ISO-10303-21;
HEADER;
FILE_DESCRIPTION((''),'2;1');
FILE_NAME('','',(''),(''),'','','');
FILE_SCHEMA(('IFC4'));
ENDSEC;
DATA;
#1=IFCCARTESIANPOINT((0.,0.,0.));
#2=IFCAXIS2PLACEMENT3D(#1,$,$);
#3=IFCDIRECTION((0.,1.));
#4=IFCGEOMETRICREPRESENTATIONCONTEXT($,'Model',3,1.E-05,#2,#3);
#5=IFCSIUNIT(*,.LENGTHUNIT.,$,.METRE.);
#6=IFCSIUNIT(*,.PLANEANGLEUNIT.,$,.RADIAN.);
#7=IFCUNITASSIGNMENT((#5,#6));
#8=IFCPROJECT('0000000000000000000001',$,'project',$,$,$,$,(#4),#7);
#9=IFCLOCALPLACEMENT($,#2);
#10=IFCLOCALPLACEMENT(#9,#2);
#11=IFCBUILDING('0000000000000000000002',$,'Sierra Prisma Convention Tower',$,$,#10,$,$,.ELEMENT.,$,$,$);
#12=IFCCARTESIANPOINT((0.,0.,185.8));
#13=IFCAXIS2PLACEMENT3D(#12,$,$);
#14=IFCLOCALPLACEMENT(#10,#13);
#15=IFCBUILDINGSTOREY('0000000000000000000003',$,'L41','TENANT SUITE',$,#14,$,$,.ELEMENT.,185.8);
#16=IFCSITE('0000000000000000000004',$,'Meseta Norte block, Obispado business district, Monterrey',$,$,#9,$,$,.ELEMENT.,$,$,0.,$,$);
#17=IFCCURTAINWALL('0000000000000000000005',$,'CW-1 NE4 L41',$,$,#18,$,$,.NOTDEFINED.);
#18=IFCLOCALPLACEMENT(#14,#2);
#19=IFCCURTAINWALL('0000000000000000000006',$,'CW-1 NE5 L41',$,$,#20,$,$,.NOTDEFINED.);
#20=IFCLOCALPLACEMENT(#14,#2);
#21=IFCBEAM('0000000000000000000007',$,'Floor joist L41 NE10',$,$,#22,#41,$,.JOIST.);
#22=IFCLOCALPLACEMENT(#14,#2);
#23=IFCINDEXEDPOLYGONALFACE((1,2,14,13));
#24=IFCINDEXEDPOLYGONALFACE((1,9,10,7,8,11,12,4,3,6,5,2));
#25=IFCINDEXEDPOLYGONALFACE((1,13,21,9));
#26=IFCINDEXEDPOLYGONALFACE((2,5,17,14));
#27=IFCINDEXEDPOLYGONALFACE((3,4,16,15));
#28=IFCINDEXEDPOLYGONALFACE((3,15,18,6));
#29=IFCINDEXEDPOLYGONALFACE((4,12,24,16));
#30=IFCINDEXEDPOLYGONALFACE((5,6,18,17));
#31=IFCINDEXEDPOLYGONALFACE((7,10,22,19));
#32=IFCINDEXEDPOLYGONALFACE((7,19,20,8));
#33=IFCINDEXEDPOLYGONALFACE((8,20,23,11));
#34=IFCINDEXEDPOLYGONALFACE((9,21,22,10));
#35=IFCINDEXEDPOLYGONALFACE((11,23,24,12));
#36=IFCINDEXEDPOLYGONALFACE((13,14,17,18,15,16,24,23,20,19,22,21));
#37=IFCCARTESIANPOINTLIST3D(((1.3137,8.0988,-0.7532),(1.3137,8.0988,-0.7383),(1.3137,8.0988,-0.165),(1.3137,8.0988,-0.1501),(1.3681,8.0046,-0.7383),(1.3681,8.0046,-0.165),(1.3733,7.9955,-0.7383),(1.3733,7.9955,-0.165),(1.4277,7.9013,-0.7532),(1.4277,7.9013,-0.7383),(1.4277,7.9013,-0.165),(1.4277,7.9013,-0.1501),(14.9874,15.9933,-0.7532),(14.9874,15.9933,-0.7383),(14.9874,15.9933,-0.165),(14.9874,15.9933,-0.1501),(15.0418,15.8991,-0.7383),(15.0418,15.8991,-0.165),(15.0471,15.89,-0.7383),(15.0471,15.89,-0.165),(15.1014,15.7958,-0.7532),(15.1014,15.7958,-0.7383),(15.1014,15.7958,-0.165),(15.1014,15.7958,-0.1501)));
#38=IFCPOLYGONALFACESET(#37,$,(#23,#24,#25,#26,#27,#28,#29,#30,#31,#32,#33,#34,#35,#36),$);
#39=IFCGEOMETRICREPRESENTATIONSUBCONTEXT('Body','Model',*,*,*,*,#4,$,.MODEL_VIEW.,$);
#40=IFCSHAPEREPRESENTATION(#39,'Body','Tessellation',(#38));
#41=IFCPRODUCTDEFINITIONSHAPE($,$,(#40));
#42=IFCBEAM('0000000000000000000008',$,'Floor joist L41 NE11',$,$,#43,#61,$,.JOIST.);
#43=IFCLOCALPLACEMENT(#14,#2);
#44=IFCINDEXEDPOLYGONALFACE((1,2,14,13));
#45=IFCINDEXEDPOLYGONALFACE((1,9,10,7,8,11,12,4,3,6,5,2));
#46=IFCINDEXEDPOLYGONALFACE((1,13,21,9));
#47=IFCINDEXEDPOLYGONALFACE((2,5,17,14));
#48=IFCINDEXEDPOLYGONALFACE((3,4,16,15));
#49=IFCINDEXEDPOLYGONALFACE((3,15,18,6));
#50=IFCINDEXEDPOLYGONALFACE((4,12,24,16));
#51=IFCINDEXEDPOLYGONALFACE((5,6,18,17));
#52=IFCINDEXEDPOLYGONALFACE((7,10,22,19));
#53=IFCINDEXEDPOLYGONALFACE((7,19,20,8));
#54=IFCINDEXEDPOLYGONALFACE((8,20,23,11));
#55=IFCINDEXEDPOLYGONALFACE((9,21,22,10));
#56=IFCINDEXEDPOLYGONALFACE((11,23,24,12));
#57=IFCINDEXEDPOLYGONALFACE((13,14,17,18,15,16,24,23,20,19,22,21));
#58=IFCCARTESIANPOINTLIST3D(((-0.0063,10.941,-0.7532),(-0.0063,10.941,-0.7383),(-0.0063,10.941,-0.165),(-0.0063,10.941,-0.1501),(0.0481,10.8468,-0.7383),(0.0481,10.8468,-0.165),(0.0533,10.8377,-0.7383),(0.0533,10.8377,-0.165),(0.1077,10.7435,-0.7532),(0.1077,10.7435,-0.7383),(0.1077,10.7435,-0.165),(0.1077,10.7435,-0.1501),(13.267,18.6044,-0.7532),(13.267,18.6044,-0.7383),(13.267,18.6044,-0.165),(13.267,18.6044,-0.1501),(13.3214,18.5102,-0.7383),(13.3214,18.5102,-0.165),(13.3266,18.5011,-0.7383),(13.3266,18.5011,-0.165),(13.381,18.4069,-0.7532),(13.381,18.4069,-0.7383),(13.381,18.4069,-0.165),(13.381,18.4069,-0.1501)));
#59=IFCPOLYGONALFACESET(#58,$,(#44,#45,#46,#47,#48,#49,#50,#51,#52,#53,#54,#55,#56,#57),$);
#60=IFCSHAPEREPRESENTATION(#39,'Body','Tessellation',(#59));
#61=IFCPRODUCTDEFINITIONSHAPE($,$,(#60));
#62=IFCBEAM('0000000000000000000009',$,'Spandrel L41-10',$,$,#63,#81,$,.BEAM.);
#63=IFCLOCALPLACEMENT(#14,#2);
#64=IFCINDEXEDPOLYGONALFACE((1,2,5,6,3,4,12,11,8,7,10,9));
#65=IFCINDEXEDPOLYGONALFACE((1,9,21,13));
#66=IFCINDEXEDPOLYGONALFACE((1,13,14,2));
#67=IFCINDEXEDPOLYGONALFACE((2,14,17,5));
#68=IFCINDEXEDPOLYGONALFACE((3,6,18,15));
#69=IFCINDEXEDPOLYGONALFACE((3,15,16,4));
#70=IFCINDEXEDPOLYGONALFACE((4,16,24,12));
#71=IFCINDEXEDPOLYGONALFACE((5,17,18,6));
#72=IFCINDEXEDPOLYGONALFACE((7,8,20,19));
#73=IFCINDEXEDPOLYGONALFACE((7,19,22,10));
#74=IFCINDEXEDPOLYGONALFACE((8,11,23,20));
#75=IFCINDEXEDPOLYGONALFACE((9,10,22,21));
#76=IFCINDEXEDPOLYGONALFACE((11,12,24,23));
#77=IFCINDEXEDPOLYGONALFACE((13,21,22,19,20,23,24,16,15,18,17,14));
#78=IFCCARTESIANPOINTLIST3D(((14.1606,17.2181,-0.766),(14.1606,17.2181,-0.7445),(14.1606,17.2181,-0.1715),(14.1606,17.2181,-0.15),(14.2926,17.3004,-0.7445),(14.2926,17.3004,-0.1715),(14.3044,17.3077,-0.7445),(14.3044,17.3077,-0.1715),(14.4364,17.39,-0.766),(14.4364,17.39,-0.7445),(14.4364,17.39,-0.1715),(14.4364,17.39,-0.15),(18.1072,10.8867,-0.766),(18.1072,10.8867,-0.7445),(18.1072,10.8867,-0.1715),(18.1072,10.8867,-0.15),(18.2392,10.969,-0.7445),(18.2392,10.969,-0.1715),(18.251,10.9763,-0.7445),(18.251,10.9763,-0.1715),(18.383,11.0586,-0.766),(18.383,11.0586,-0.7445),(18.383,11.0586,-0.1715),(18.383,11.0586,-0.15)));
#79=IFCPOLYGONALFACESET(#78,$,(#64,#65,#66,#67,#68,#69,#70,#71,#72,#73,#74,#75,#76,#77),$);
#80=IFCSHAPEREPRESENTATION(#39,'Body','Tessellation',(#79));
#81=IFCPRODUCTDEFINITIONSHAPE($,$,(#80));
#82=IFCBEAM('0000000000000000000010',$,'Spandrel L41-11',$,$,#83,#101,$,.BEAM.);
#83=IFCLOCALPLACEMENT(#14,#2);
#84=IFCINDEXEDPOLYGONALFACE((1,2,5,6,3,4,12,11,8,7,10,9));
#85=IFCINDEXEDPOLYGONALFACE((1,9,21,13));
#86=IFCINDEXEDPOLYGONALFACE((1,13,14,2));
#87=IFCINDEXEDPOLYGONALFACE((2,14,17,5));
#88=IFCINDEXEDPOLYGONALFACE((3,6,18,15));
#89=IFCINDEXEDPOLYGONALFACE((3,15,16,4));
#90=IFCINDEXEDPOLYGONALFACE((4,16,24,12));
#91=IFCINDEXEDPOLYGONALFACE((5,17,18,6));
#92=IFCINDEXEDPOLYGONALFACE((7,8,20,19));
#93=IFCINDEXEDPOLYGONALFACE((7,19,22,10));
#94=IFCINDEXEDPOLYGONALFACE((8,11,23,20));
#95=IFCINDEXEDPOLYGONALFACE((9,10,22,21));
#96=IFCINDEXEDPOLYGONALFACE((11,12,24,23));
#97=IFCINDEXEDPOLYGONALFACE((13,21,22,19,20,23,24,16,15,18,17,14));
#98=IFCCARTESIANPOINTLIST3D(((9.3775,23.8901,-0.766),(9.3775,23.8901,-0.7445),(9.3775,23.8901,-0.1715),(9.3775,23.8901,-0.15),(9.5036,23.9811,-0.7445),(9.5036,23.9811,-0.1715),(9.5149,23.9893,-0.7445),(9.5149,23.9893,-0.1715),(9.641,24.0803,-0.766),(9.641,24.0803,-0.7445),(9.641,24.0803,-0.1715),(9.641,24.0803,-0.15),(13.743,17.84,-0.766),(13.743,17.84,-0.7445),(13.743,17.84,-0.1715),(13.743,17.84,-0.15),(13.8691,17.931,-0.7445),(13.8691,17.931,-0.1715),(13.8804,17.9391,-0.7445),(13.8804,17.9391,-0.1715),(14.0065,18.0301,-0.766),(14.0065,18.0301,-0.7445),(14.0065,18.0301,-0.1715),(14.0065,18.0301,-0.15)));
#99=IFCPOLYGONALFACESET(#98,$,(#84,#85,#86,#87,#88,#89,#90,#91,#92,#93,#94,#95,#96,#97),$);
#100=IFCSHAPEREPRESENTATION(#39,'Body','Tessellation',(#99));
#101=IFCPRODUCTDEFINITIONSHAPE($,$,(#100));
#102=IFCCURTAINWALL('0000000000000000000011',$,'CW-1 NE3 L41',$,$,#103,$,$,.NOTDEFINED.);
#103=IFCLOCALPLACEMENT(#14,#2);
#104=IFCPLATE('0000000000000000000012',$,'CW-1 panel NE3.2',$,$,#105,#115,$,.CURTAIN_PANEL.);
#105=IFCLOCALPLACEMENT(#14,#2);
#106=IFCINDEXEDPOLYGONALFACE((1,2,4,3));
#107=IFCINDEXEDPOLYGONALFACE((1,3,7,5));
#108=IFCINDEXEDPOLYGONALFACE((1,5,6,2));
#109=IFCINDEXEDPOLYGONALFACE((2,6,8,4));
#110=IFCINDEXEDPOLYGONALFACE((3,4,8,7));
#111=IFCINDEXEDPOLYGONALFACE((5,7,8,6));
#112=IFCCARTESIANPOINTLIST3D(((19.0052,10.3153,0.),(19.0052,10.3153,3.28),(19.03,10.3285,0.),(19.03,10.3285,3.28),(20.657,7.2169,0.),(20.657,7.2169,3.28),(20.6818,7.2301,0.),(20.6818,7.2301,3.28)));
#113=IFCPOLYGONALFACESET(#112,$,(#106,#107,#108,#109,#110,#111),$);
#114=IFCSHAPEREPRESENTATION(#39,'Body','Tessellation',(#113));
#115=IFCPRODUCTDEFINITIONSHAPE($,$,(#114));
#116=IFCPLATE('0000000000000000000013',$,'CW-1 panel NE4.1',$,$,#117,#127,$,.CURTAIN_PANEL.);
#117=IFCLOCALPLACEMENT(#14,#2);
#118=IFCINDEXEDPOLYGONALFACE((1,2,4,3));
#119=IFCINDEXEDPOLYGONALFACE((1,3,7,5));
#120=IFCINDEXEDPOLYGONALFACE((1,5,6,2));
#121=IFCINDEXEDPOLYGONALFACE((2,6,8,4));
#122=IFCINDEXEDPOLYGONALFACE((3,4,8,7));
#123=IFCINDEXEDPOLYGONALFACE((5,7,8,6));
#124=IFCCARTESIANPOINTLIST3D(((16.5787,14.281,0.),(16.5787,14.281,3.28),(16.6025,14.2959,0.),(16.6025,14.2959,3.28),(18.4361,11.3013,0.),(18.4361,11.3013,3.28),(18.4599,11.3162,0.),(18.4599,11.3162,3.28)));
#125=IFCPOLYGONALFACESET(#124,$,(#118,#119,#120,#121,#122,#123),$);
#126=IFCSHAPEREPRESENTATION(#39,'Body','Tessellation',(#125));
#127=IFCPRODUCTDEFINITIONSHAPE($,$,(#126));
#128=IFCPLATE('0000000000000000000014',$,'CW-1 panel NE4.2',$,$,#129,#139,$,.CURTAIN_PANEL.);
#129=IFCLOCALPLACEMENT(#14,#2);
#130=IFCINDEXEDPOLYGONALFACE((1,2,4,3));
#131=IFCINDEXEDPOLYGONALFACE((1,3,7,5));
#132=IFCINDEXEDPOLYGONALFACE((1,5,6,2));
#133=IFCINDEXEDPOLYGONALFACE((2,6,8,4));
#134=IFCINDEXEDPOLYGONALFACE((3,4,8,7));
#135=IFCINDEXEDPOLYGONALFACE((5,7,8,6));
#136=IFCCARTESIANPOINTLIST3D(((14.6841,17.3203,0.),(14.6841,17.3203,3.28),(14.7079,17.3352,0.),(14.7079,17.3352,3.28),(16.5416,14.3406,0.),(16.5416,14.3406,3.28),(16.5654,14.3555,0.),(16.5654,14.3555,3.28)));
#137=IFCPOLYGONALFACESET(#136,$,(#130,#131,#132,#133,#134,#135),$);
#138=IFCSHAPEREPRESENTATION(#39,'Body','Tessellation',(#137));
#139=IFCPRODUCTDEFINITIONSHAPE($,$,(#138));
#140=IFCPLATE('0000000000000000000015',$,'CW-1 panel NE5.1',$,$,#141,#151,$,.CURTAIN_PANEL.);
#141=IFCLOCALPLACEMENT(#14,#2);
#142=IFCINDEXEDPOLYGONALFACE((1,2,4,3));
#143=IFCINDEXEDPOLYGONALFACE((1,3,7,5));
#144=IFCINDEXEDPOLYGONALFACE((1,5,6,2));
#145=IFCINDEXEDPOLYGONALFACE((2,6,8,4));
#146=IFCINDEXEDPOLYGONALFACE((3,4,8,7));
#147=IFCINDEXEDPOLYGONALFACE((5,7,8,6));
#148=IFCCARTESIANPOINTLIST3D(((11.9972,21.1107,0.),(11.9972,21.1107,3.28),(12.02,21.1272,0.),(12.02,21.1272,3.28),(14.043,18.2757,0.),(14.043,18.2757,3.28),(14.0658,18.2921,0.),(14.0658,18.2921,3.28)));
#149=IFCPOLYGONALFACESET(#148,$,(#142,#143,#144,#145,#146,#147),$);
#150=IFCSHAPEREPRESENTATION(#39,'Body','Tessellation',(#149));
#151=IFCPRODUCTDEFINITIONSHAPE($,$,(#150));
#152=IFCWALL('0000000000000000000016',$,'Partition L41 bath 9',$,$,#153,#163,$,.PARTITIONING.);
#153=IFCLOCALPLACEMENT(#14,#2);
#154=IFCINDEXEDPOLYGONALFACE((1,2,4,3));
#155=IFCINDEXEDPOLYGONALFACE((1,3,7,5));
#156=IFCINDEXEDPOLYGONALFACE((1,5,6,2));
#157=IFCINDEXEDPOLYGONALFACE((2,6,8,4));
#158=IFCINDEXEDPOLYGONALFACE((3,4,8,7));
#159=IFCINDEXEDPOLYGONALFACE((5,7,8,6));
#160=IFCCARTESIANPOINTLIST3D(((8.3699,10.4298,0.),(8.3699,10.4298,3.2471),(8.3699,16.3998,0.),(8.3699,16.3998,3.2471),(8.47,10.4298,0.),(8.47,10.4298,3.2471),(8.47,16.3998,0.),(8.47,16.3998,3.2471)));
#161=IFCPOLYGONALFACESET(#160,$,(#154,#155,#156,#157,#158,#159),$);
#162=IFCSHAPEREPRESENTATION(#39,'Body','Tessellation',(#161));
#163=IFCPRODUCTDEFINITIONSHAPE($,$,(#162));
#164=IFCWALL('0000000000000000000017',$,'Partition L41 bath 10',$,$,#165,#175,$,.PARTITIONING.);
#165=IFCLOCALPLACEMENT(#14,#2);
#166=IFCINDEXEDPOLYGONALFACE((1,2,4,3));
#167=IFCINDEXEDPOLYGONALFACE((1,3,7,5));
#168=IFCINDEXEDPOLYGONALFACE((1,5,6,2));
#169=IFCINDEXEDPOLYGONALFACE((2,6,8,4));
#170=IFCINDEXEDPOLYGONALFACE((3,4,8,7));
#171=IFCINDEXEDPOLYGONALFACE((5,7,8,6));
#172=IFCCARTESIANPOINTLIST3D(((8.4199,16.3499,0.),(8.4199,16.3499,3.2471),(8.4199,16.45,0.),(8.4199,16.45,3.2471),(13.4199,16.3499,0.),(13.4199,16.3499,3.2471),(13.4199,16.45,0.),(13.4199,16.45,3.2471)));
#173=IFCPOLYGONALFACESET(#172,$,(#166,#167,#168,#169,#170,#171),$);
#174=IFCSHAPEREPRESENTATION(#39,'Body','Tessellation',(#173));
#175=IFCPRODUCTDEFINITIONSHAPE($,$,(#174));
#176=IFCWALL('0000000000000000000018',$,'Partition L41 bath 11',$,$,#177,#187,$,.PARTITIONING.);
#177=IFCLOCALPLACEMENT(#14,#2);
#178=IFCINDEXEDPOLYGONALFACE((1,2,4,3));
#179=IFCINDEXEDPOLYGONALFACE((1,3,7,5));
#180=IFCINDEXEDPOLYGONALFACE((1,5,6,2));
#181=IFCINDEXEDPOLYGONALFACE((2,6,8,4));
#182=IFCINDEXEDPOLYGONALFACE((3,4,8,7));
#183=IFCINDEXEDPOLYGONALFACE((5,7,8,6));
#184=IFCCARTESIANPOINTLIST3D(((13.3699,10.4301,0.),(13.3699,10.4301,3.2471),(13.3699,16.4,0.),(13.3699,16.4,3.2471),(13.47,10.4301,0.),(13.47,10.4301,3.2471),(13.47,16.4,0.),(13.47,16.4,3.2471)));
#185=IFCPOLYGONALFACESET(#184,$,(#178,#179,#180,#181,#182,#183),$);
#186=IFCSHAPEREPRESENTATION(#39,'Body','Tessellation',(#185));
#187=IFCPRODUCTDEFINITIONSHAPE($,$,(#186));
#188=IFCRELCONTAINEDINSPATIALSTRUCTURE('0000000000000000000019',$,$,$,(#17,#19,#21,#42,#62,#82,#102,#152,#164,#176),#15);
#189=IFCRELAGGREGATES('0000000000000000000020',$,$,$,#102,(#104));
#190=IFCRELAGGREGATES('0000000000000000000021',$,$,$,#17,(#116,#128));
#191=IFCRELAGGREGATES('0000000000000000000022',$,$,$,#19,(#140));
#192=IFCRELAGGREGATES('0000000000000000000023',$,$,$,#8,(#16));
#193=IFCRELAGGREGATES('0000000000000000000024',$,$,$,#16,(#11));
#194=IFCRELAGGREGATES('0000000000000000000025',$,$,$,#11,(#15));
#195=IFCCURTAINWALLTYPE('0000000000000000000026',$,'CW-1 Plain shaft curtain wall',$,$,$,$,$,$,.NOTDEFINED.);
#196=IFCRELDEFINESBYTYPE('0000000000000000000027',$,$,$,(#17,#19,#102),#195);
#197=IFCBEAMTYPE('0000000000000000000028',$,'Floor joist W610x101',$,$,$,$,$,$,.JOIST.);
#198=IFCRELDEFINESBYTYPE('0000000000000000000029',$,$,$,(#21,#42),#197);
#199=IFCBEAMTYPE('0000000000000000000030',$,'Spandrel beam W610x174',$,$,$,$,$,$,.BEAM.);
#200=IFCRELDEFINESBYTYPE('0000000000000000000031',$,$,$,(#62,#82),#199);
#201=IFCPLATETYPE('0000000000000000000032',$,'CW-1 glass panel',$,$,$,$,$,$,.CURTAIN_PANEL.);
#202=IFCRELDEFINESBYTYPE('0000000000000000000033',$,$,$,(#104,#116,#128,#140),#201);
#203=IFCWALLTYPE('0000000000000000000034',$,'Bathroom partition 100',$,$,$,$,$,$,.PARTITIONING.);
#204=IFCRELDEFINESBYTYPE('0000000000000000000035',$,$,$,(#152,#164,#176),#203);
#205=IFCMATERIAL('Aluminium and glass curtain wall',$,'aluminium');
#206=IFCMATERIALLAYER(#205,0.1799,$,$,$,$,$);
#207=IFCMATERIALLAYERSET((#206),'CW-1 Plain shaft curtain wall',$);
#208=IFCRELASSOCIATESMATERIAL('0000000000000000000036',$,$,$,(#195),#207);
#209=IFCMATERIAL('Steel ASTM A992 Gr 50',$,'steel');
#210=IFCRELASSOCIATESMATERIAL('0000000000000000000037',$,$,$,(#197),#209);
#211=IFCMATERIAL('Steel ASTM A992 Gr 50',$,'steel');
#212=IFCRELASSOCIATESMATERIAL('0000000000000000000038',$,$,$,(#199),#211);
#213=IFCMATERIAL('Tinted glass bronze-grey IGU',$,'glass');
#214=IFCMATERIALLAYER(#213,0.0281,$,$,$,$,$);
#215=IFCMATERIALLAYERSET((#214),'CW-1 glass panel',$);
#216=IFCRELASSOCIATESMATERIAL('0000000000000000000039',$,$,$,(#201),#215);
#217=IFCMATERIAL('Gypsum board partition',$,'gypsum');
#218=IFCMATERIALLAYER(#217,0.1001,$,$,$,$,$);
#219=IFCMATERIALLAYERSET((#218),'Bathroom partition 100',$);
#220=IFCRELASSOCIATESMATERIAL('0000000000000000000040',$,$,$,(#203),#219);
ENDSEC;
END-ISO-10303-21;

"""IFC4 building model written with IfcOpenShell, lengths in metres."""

from ifc_helpers import new_model, si_unit, direction, frame, frame_2d, origin, origin_2d, place, context, subcontext, project, spatial, rectangle, i_section, extrude, material, layer, layer_set, material_profile, profile_set, type_object, element, aggregate, save


model = new_model("IFC4")

# Units and contexts
model_context = context("Model", 3, precision=1e-05, world=origin(), true_north=direction((0.0, 1.0)))
body_context = subcontext(model_context, "Body", "Model", "MODEL_VIEW")
ifc_project = project(units=[si_unit("LENGTHUNIT", "METRE"), si_unit("PLANEANGLEUNIT", "RADIAN")], contexts=[model_context])

# Site, building, storey
site_placement = place(None, origin())
site = spatial("IfcSite", under=ifc_project, at=site_placement, Name="Meseta Norte block, Obispado business district, Monterrey", CompositionType="ELEMENT", RefElevation=0.0)
building_placement = place(site_placement, origin())
building = spatial("IfcBuilding", under=site, at=building_placement, Name="Sierra Prisma Convention Tower", CompositionType="ELEMENT")
storey_placement = place(building_placement, frame((0.0, 0.0, 185.8)))
storey = spatial("IfcBuildingStorey", under=building, at=storey_placement, Name="L41", Description="TENANT SUITE", CompositionType="ELEMENT", Elevation=185.8)

# Curtain wall
ifc_material_1 = material(Name="Aluminium and glass curtain wall", Category="aluminium")
ifc_layer_1 = layer(ifc_material_1, 0.1799)
ifc_layer_set_1 = layer_set([ifc_layer_1], Name="CW-1 Plain shaft curtain wall")
curtain_wall_type = type_object("IfcCurtainWallType", Name="CW-1 Plain shaft curtain wall", PredefinedType="NOTDEFINED", material=ifc_layer_set_1)
curtain_wall_1_placement = place(storey_placement, origin())
curtain_wall_1 = element("IfcCurtainWall", 1, at=curtain_wall_1_placement, inside=storey, type_object=curtain_wall_type, Name="CW-1 NE4 L41", PredefinedType="NOTDEFINED")

# Curtain wall
curtain_wall_2_placement = place(storey_placement, origin())
curtain_wall_2 = element("IfcCurtainWall", 2, at=curtain_wall_2_placement, inside=storey, type_object=curtain_wall_type, Name="CW-1 NE5 L41", PredefinedType="NOTDEFINED")

# Beams
ifc_material_2 = material(Name="Steel ASTM A992 Gr 50", Category="steel")
ifc_material_profile_1 = material_profile(ifc_material_2, i_section(OverallWidth=0.228, OverallDepth=0.603, WebThickness=0.0105, FlangeThickness=0.0149, at=origin_2d()), Name="W610x101")
ifc_profile_set_1 = profile_set([ifc_material_profile_1], Name="Steel ASTM A992 Gr 50")
beam_type_1 = type_object("IfcBeamType", Name="Floor joist W610x101", PredefinedType="JOIST", material=ifc_profile_set_1)
beam_1_placement = place(storey_placement, frame((15.0444, 15.8945, -0.4517), z_axis=(-0.866027, -0.499997, 0.0), x_axis=(0.499997, -0.866027, 0.0)))
element("IfcBeam", 3, at=beam_1_placement, inside=storey, type_object=beam_type_1, Name="Floor joist L41 NE10", PredefinedType="JOIST", context=body_context, shape_type="SweptSolid", body=[
    extrude(i_section(OverallWidth=0.228, OverallDepth=0.603, WebThickness=0.0105, FlangeThickness=0.0149, at=origin_2d()), origin(), (0.0, 0.0, 1.0), 15.7891),
])
beam_2_placement = place(storey_placement, frame((13.324, 18.5056, -0.4517), z_axis=(-0.866024, -0.500002, 0.0), x_axis=(0.500002, -0.866024, 0.0)))
element("IfcBeam", 4, at=beam_2_placement, inside=storey, type_object=beam_type_1, Name="Floor joist L41 NE11", PredefinedType="JOIST", context=body_context, shape_type="SweptSolid", body=[
    extrude(i_section(OverallWidth=0.228, OverallDepth=0.603, WebThickness=0.0105, FlangeThickness=0.0149, at=origin_2d()), origin(), (0.0, 0.0, 1.0), 15.3267),
])
ifc_material_3 = material(Name="Steel ASTM A992 Gr 50", Category="steel")
ifc_material_profile_2 = material_profile(ifc_material_3, i_section(OverallWidth=0.325, OverallDepth=0.616, WebThickness=0.0139, FlangeThickness=0.0215, at=origin_2d()), Name="W610x174")
ifc_profile_set_2 = profile_set([ifc_material_profile_2], Name="Steel ASTM A992 Gr 50")
beam_type_2 = type_object("IfcBeamType", Name="Spandrel beam W610x174", PredefinedType="BEAM", material=ifc_profile_set_2)
for number, where, z_axis, x_axis, name in (
    (5, (18.2451, 10.9727, -0.458), (-0.528984, 0.848632, 0.0), (-0.848632, -0.528984, 0.0), "Spandrel L41-10"),
    (6, (13.8748, 17.9351, -0.458), (-0.585138, 0.810934, 0.0), (-0.810934, -0.585138, 0.0), "Spandrel L41-11"),
):
    element("IfcBeam", number, at=place(storey_placement, frame(where, z_axis=z_axis, x_axis=x_axis)), inside=storey, type_object=beam_type_2, Name=name, PredefinedType="BEAM", context=body_context, shape_type="SweptSolid", body=[
        extrude(i_section(OverallWidth=0.325, OverallDepth=0.616, WebThickness=0.0139, FlangeThickness=0.0215, at=origin_2d()), origin(), (0.0, 0.0, 1.0), 7.4607),
    ])

# Curtain wall, plate
curtain_wall_3_placement = place(storey_placement, origin())
curtain_wall_3 = element("IfcCurtainWall", 7, at=curtain_wall_3_placement, inside=storey, type_object=curtain_wall_type, Name="CW-1 NE3 L41", PredefinedType="NOTDEFINED")
ifc_material_4 = material(Name="Tinted glass bronze-grey IGU", Category="glass")
ifc_layer_2 = layer(ifc_material_4, 0.0281)
ifc_layer_set_2 = layer_set([ifc_layer_2], Name="CW-1 glass panel")
plate_type = type_object("IfcPlateType", Name="CW-1 glass panel", PredefinedType="CURTAIN_PANEL", material=ifc_layer_set_2)
plate_1_placement = place(storey_placement, frame((19.8435, 8.7727, 0.0), z_axis=(0.0, 0.0, 1.0), x_axis=(-0.470428, 0.882439, 0.0)))
plate_1 = element("IfcPlate", 8, at=plate_1_placement, type_object=plate_type, Name="CW-1 panel NE3.2", PredefinedType="CURTAIN_PANEL", context=body_context, shape_type="SweptSolid", body=[
    extrude(rectangle(XDim=3.5112, YDim=0.0281, at=origin_2d()), origin(), (0.0, 0.0, 1.0), 3.28),
])
aggregate(curtain_wall_3, [plate_1])

# Plates
plate_2_placement = place(storey_placement, frame((17.5193, 12.7986, 0.0), z_axis=(0.0, 0.0, 1.0), x_axis=(-0.529, 0.848622, 0.0)))
plate_2 = element("IfcPlate", 9, at=plate_2_placement, type_object=plate_type, Name="CW-1 panel NE4.1", PredefinedType="CURTAIN_PANEL", context=body_context, shape_type="SweptSolid", body=[
    extrude(rectangle(XDim=3.5112, YDim=0.0281, at=origin_2d()), origin(), (0.0, 0.0, 1.0), 3.28),
])
plate_3_placement = place(storey_placement, frame((15.6248, 15.8379, 0.0), z_axis=(0.0, 0.0, 1.0), x_axis=(-0.529, 0.848622, 0.0)))
plate_3 = element("IfcPlate", 10, at=plate_3_placement, type_object=plate_type, Name="CW-1 panel NE4.2", PredefinedType="CURTAIN_PANEL", context=body_context, shape_type="SweptSolid", body=[
    extrude(rectangle(XDim=3.5112, YDim=0.0281, at=origin_2d()), origin(), (0.0, 0.0, 1.0), 3.28),
])
aggregate(curtain_wall_1, [plate_2, plate_3])
plate_4_placement = place(storey_placement, frame((13.0315, 19.7014, 0.0), z_axis=(0.0, 0.0, 1.0), x_axis=(-0.585154, 0.810923, 0.0)))
plate_4 = element("IfcPlate", 11, at=plate_4_placement, type_object=plate_type, Name="CW-1 panel NE5.1", PredefinedType="CURTAIN_PANEL", context=body_context, shape_type="SweptSolid", body=[
    extrude(rectangle(XDim=3.4961, YDim=0.0281, at=origin_2d()), origin(), (0.0, 0.0, 1.0), 3.28),
])
aggregate(curtain_wall_2, [plate_4])

# Walls
ifc_material_5 = material(Name="Gypsum board partition", Category="gypsum")
ifc_layer_3 = layer(ifc_material_5, 0.1001)
ifc_layer_set_3 = layer_set([ifc_layer_3], Name="Bathroom partition 100")
wall_type_1 = type_object("IfcWallType", Name="Bathroom partition 100", PredefinedType="PARTITIONING", material=ifc_layer_set_3)
wall_1_placement = place(storey_placement, frame((8.4199, 10.4299, 0.0), z_axis=(0.0, 0.0, 1.0), x_axis=(0.0, 1.0, 0.0)))
element("IfcWall", 12, at=wall_1_placement, inside=storey, type_object=wall_type_1, Name="Partition L41 bath 9", PredefinedType="PARTITIONING", context=body_context, shape_type="SweptSolid", body=[
    extrude(rectangle(XDim=5.97, YDim=0.1001, at=frame_2d((2.9849, 0.0))), origin(), (0.0, 0.0, 1.0), 3.2471),
])
wall_2_placement = place(storey_placement, frame((8.4199, 16.3999, 0.0), z_axis=(0.0, 0.0, 1.0), x_axis=(1.0, 0.0, 0.0)))
element("IfcWall", 13, at=wall_2_placement, inside=storey, type_object=wall_type_1, Name="Partition L41 bath 10", PredefinedType="PARTITIONING", context=body_context, shape_type="SweptSolid", body=[
    extrude(rectangle(XDim=5.0, YDim=0.1001, at=frame_2d((2.5, 0.0))), origin(), (0.0, 0.0, 1.0), 3.2471),
])
wall_3_placement = place(storey_placement, frame((13.4199, 16.3999, 0.0), z_axis=(0.0, 0.0, 1.0), x_axis=(0.0, -1.0, 0.0)))
element("IfcWall", 14, at=wall_3_placement, inside=storey, type_object=wall_type_1, Name="Partition L41 bath 11", PredefinedType="PARTITIONING", context=body_context, shape_type="SweptSolid", body=[
    extrude(rectangle(XDim=5.97, YDim=0.1001, at=frame_2d((2.9849, 0.0))), origin(), (0.0, 0.0, 1.0), 3.2471),
])

save(model, "model.ifc")
